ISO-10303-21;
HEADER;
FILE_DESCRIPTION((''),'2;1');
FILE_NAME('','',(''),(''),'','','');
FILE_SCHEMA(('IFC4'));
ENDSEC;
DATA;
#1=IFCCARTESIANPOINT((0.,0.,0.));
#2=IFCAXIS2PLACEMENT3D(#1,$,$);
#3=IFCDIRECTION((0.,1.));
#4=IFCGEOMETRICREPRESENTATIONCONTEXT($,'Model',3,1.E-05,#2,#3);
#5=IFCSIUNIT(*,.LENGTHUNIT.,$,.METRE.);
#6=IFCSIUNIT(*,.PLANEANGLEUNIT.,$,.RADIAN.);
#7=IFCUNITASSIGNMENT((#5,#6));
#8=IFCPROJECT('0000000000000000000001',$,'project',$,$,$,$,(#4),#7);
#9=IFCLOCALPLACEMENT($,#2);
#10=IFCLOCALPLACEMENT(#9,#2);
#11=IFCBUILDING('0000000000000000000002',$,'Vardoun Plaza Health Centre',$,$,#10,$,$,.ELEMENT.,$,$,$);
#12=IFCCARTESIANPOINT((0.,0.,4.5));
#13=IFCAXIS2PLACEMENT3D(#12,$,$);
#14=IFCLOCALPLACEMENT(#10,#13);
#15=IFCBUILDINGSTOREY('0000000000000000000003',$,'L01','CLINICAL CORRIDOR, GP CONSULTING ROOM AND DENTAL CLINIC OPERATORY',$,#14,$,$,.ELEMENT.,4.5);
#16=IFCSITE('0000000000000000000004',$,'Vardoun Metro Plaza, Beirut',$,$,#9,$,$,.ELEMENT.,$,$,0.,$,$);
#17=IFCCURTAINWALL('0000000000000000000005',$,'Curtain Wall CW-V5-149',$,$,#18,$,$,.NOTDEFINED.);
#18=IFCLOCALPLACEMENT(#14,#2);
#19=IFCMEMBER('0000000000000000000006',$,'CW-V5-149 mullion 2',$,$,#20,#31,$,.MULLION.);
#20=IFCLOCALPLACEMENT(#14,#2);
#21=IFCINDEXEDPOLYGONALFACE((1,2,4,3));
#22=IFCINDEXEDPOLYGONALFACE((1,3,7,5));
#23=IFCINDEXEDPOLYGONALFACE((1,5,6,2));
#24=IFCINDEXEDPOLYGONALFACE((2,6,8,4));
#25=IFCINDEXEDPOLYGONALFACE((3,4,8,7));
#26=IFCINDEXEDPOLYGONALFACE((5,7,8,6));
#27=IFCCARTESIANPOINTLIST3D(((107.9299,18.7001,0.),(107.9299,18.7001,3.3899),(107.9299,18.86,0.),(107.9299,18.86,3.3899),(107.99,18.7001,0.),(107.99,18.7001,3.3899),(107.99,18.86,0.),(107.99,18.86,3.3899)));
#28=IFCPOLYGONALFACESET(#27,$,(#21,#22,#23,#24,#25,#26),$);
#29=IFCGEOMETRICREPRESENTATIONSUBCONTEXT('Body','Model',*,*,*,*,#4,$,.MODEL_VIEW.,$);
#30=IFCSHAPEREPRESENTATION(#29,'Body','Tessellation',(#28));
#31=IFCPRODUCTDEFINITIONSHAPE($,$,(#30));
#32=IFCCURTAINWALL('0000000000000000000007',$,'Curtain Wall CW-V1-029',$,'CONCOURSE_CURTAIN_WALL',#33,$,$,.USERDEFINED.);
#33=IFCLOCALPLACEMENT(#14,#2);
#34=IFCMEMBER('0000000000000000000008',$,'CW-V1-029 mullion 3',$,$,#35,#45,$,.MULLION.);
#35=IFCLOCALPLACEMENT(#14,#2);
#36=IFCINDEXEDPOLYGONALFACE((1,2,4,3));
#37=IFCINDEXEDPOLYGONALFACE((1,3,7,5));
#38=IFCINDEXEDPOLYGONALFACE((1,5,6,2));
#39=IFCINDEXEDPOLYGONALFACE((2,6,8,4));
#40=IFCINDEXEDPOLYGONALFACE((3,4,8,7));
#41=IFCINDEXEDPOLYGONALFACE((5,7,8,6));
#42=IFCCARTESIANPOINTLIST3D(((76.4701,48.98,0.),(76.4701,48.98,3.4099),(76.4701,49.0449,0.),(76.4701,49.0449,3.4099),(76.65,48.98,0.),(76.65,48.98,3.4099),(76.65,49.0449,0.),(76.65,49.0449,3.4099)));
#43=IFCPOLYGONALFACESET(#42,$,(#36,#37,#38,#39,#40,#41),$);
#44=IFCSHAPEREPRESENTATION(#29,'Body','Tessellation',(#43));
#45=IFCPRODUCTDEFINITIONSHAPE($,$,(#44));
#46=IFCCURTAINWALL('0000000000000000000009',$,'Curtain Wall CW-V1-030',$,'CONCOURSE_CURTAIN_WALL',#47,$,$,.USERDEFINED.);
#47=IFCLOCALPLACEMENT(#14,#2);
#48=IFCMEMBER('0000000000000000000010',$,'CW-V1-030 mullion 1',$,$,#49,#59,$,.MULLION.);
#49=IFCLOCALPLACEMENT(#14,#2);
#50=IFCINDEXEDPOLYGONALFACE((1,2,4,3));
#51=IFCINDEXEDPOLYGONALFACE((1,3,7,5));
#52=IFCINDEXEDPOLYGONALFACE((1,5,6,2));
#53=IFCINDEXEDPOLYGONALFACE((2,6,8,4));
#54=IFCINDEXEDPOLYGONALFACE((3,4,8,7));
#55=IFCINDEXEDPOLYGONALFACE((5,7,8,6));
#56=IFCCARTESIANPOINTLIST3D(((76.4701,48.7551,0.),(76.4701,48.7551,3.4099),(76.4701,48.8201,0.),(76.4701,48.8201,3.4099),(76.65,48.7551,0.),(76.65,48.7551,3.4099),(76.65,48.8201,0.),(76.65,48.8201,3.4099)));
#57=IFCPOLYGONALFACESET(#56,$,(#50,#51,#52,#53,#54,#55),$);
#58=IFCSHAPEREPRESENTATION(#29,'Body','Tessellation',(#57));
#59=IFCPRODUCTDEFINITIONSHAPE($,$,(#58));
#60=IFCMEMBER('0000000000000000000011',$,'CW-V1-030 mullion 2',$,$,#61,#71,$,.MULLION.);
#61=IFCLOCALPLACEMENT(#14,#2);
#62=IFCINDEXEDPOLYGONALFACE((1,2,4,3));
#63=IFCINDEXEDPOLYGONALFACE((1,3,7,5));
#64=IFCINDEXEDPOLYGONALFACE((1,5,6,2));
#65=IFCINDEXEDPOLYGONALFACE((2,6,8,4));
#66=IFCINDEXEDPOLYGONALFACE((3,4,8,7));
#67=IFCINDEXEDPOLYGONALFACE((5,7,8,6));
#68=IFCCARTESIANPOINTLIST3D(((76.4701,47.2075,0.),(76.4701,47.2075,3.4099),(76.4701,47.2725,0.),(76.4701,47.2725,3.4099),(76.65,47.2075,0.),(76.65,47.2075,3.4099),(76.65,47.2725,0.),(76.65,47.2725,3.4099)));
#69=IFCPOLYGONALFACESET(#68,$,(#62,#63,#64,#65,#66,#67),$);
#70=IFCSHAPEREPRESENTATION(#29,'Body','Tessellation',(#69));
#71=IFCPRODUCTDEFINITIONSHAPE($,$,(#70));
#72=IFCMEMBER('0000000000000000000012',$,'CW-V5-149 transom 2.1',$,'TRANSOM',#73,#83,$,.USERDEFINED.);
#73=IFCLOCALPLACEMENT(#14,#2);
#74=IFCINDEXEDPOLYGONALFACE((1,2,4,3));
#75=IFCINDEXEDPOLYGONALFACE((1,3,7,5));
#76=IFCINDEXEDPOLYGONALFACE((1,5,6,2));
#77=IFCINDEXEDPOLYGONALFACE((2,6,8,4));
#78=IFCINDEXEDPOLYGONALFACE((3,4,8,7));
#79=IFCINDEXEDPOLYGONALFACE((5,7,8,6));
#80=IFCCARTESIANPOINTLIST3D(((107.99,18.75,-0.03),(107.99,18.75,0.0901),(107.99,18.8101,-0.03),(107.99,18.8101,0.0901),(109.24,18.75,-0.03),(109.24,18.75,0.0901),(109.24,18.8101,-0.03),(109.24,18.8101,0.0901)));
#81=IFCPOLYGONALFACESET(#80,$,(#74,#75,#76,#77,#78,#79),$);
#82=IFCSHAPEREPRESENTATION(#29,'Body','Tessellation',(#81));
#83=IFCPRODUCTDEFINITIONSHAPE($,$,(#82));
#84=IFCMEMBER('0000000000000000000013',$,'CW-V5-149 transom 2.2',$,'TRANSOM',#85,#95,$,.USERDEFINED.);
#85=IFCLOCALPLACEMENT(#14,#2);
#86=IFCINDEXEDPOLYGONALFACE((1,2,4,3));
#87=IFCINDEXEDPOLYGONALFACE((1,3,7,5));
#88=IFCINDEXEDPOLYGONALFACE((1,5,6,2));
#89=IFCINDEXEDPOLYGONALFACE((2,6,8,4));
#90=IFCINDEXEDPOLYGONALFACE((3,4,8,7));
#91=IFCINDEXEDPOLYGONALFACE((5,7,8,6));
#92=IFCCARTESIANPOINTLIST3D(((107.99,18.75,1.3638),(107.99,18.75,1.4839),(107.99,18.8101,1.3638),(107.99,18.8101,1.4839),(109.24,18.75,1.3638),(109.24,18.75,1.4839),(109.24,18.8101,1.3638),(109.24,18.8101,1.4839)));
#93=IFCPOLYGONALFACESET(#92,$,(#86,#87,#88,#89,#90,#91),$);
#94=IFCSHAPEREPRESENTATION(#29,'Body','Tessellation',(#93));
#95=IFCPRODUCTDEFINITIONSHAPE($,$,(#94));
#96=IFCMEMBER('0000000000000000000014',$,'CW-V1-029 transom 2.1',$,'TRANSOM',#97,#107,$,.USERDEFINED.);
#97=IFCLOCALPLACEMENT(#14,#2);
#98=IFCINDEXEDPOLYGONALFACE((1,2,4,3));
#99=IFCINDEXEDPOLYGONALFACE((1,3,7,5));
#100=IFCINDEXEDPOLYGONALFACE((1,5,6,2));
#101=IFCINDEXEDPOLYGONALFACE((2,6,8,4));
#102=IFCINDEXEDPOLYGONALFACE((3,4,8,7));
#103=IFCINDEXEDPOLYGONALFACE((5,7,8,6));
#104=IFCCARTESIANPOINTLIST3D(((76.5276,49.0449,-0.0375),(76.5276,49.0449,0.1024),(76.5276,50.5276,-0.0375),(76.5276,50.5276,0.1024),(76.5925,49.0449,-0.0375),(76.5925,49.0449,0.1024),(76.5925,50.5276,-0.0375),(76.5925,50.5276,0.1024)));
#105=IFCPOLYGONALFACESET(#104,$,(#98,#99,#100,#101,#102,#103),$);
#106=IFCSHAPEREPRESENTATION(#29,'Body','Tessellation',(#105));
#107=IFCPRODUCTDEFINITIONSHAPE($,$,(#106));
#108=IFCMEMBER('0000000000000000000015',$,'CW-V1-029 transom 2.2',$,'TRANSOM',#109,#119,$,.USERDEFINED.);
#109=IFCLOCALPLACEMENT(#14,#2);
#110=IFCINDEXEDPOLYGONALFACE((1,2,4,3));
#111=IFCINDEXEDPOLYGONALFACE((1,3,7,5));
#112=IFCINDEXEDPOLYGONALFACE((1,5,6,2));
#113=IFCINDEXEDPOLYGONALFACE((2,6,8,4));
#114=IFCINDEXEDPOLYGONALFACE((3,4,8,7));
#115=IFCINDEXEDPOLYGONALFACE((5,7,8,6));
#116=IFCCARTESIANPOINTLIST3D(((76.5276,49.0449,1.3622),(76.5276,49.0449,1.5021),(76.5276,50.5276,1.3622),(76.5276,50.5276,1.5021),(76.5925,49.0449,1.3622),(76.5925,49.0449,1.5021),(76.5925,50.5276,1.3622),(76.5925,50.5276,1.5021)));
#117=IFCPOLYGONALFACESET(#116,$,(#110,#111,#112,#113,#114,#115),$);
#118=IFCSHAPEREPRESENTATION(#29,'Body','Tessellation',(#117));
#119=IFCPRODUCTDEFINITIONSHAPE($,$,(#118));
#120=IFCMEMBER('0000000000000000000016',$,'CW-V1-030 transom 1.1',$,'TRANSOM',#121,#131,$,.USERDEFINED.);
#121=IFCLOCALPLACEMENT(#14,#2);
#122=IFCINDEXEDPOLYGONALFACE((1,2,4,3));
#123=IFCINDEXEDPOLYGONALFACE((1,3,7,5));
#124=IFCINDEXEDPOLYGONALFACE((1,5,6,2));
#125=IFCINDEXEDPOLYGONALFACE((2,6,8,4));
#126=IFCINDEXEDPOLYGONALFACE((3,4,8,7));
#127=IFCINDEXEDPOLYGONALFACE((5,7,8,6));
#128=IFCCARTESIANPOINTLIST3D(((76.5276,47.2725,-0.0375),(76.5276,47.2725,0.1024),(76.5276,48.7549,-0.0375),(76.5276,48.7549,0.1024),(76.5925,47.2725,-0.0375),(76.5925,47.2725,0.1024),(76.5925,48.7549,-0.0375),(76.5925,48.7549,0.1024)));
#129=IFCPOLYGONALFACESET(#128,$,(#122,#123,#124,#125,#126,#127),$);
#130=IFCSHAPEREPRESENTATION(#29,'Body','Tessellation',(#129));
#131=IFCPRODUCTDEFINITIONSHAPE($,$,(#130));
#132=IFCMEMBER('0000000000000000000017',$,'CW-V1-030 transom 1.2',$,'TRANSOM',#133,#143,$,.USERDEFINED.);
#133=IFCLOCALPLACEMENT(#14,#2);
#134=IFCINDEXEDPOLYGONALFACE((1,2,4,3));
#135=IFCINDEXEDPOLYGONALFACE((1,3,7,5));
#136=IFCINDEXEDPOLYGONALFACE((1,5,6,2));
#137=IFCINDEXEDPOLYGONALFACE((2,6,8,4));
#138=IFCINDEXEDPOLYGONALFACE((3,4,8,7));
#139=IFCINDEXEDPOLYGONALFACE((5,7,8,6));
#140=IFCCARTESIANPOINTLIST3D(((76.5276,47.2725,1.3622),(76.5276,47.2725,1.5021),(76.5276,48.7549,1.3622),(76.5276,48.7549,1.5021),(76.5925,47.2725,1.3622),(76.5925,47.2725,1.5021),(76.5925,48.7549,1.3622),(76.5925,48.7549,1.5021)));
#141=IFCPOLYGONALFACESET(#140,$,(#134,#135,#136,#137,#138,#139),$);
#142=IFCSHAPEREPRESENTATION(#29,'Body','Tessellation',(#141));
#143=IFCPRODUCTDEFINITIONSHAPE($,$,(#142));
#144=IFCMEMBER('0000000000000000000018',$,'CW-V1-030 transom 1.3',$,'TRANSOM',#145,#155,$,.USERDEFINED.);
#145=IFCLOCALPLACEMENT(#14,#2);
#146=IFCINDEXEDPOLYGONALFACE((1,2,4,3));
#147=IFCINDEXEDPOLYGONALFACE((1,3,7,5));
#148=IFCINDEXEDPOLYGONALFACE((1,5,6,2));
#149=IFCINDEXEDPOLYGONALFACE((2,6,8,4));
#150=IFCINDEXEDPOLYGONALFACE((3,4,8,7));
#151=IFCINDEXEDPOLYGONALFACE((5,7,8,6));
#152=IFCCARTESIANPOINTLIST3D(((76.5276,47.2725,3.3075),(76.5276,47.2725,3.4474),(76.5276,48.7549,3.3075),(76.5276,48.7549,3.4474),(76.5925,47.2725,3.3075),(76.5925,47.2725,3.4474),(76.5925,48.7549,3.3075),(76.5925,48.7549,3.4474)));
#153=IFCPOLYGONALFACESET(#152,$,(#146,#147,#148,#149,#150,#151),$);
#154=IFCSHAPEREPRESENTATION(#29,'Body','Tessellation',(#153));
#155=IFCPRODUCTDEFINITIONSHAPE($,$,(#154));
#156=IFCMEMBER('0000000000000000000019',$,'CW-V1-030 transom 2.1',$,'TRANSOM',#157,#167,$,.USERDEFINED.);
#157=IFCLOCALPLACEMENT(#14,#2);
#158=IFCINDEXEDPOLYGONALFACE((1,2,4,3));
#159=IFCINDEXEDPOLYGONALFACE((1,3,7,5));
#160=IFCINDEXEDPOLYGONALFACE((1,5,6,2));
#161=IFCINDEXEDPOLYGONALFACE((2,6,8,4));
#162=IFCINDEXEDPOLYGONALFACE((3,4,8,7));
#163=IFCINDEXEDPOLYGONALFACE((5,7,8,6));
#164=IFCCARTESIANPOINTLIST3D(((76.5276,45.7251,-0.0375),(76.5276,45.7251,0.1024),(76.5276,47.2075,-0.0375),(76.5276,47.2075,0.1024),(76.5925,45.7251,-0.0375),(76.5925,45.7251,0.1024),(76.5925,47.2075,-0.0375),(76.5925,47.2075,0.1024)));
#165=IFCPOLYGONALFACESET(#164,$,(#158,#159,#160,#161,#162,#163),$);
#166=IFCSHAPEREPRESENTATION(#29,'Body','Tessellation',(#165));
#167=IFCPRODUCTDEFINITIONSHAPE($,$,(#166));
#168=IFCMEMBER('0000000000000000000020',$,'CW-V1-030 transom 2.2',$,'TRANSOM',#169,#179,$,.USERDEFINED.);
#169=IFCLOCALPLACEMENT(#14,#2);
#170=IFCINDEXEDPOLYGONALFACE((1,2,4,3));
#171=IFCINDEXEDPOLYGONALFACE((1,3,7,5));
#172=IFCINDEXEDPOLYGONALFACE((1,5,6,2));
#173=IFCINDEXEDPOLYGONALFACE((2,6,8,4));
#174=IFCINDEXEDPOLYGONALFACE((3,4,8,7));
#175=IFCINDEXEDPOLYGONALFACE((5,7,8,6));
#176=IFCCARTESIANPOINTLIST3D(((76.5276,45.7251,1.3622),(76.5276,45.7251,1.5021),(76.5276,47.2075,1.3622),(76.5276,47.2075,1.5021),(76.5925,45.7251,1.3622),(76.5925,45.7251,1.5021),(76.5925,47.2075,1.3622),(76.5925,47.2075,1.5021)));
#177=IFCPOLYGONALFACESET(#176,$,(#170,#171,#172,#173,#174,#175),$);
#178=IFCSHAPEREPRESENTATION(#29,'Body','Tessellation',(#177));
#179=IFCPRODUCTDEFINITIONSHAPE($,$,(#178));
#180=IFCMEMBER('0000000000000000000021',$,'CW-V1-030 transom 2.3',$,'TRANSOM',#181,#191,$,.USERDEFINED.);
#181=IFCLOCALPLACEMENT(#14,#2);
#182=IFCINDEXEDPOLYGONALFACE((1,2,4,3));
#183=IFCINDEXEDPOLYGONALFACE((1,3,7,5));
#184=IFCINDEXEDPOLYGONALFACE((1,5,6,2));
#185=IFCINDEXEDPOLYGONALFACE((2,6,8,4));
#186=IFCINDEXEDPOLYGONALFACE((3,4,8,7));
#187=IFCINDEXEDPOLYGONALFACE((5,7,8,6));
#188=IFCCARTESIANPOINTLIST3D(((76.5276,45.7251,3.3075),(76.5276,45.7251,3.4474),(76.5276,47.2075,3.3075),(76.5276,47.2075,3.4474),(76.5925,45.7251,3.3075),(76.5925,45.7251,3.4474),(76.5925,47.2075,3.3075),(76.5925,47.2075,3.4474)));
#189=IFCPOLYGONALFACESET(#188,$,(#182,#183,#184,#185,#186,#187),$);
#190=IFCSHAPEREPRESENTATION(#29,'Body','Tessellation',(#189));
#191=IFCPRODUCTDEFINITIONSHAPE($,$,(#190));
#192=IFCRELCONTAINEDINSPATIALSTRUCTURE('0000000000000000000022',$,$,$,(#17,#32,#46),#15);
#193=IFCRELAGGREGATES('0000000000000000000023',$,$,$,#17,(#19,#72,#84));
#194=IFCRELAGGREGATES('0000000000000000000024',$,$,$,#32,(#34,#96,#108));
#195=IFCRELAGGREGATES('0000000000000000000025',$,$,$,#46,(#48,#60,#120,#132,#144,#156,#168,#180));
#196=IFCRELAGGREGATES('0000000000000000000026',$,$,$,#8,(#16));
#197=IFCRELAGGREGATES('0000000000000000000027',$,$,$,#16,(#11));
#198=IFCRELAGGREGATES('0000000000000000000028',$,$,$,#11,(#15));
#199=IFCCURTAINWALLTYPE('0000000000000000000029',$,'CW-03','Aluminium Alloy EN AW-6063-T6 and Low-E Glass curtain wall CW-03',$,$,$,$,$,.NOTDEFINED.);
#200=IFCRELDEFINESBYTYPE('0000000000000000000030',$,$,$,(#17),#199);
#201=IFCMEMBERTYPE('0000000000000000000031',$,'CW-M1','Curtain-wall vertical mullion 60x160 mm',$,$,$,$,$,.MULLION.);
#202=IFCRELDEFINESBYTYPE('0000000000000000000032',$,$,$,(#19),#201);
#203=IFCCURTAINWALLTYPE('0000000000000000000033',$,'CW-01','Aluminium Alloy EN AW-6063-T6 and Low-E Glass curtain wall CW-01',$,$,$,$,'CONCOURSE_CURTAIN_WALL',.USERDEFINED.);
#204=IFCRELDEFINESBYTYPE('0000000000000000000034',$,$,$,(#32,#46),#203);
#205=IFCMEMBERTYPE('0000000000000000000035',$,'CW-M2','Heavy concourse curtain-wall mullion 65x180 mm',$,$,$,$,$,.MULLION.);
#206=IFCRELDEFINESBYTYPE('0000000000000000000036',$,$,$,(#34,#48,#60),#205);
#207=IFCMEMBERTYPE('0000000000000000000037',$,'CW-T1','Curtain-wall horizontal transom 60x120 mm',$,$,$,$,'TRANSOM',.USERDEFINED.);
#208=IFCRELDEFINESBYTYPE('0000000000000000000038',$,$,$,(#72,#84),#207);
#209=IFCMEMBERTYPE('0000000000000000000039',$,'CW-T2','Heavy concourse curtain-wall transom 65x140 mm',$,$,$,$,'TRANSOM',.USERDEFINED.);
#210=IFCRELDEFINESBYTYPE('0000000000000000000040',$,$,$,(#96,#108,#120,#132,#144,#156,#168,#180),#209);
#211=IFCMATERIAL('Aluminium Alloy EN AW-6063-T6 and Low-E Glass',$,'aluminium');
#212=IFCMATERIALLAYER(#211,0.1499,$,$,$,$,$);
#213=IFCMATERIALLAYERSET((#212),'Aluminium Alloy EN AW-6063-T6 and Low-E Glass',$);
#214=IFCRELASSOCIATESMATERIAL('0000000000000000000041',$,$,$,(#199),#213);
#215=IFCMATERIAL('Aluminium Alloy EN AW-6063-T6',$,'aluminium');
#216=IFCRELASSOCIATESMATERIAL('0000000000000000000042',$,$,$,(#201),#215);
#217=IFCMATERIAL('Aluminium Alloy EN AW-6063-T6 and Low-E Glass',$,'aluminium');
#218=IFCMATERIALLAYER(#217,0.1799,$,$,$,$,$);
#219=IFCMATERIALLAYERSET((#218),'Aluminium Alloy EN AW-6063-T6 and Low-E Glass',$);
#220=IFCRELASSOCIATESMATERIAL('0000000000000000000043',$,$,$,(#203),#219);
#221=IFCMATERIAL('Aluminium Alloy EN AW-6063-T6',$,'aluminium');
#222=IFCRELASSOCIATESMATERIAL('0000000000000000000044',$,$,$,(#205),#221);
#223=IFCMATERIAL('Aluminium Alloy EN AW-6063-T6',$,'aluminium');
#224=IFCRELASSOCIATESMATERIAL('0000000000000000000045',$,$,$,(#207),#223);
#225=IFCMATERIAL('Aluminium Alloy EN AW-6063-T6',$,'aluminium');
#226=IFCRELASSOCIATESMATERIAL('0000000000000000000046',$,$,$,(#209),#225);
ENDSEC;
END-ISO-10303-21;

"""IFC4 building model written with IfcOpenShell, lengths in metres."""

from ifc_helpers import new_model, si_unit, direction, frame, origin, origin_2d, place, context, subcontext, project, spatial, rectangle, extrude, material, layer, layer_set, material_profile, profile_set, type_object, element, aggregate, save


model = new_model("IFC4")

# Units and contexts
model_context = context("Model", 3, precision=1e-05, world=origin(), true_north=direction((0.0, 1.0)))
body_context = subcontext(model_context, "Body", "Model", "MODEL_VIEW")
ifc_project = project(units=[si_unit("LENGTHUNIT", "METRE"), si_unit("PLANEANGLEUNIT", "RADIAN")], contexts=[model_context])

# Site, building, storey
site_placement = place(None, origin())
site = spatial("IfcSite", under=ifc_project, at=site_placement, Name="Vardoun Metro Plaza, Beirut", CompositionType="ELEMENT", RefElevation=0.0)
building_placement = place(site_placement, origin())
building = spatial("IfcBuilding", under=site, at=building_placement, Name="Vardoun Plaza Health Centre", CompositionType="ELEMENT")
storey_placement = place(building_placement, frame((0.0, 0.0, 4.5)))
storey = spatial("IfcBuildingStorey", under=building, at=storey_placement, Name="L01", Description="CLINICAL CORRIDOR, GP CONSULTING ROOM AND DENTAL CLINIC OPERATORY", CompositionType="ELEMENT", Elevation=4.5)

# Curtain walls, members
ifc_material_1 = material(Name="Aluminium Alloy EN AW-6063-T6 and Low-E Glass", Category="aluminium")
ifc_layer_1 = layer(ifc_material_1, 0.1499)
ifc_layer_set_1 = layer_set([ifc_layer_1], Name="Aluminium Alloy EN AW-6063-T6 and Low-E Glass")
curtain_wall_type_1 = type_object("IfcCurtainWallType", Name="CW-03", Description="Aluminium Alloy EN AW-6063-T6 and Low-E Glass curtain wall CW-03", PredefinedType="NOTDEFINED", material=ifc_layer_set_1)
curtain_wall_1_placement = place(storey_placement, origin())
curtain_wall_1 = element("IfcCurtainWall", 1, at=curtain_wall_1_placement, inside=storey, type_object=curtain_wall_type_1, Name="Curtain Wall CW-V5-149", PredefinedType="NOTDEFINED")
ifc_material_2 = material(Name="Aluminium Alloy EN AW-6063-T6", Category="aluminium")
ifc_material_profile_1 = material_profile(ifc_material_2, rectangle(XDim=0.1599, YDim=0.0601, at=origin_2d()), Name="CWM 60x160")
ifc_profile_set_1 = profile_set([ifc_material_profile_1], Name="Aluminium Alloy EN AW-6063-T6")
member_type_1 = type_object("IfcMemberType", Name="CW-M1", Description="Curtain-wall vertical mullion 60x160 mm", PredefinedType="MULLION", material=ifc_profile_set_1)
member_1_placement = place(storey_placement, frame((107.96, 18.78, 0.0), z_axis=(0.0, 0.0, 1.0), x_axis=(0.0, 1.0, 0.0)))
member_1 = element("IfcMember", 2, at=member_1_placement, type_object=member_type_1, Name="CW-V5-149 mullion 2", PredefinedType="MULLION", context=body_context, shape_type="SweptSolid", body=[
    extrude(rectangle(XDim=0.1599, YDim=0.0601, at=origin_2d()), origin(), (0.0, 0.0, 1.0), 3.3899),
])
ifc_material_3 = material(Name="Aluminium Alloy EN AW-6063-T6 and Low-E Glass", Category="aluminium")
ifc_layer_2 = layer(ifc_material_3, 0.1799)
ifc_layer_set_2 = layer_set([ifc_layer_2], Name="Aluminium Alloy EN AW-6063-T6 and Low-E Glass")
curtain_wall_type_2 = type_object("IfcCurtainWallType", Name="CW-01", Description="Aluminium Alloy EN AW-6063-T6 and Low-E Glass curtain wall CW-01", ElementType="CONCOURSE_CURTAIN_WALL", PredefinedType="USERDEFINED", material=ifc_layer_set_2)
curtain_wall_2_placement = place(storey_placement, origin())
curtain_wall_2 = element("IfcCurtainWall", 3, at=curtain_wall_2_placement, inside=storey, type_object=curtain_wall_type_2, Name="Curtain Wall CW-V1-029", ObjectType="CONCOURSE_CURTAIN_WALL", PredefinedType="USERDEFINED")
ifc_material_4 = material(Name="Aluminium Alloy EN AW-6063-T6", Category="aluminium")
ifc_material_profile_2 = material_profile(ifc_material_4, rectangle(XDim=0.1799, YDim=0.0649, at=origin_2d()), Name="CWM 65x180")
ifc_profile_set_2 = profile_set([ifc_material_profile_2], Name="Aluminium Alloy EN AW-6063-T6")
member_type_2 = type_object("IfcMemberType", Name="CW-M2", Description="Heavy concourse curtain-wall mullion 65x180 mm", PredefinedType="MULLION", material=ifc_profile_set_2)
member_2_placement = place(storey_placement, frame((76.5601, 49.0125, 0.0), z_axis=(0.0, 0.0, 1.0), x_axis=(1.0, 0.0, 0.0)))
member_2 = element("IfcMember", 4, at=member_2_placement, type_object=member_type_2, Name="CW-V1-029 mullion 3", PredefinedType="MULLION", context=body_context, shape_type="SweptSolid", body=[
    extrude(rectangle(XDim=0.1799, YDim=0.0649, at=origin_2d()), origin(), (0.0, 0.0, 1.0), 3.4099),
])

# Curtain wall, members
curtain_wall_3_placement = place(storey_placement, origin())
curtain_wall_3 = element("IfcCurtainWall", 5, at=curtain_wall_3_placement, inside=storey, type_object=curtain_wall_type_2, Name="Curtain Wall CW-V1-030", ObjectType="CONCOURSE_CURTAIN_WALL", PredefinedType="USERDEFINED")
member_3_placement = place(storey_placement, frame((76.5601, 48.7876, 0.0), z_axis=(0.0, 0.0, 1.0), x_axis=(1.0, 0.0, 0.0)))
member_3 = element("IfcMember", 6, at=member_3_placement, type_object=member_type_2, Name="CW-V1-030 mullion 1", PredefinedType="MULLION", context=body_context, shape_type="SweptSolid", body=[
    extrude(rectangle(XDim=0.1799, YDim=0.0649, at=origin_2d()), origin(), (0.0, 0.0, 1.0), 3.4099),
])
member_4_placement = place(storey_placement, frame((76.5601, 47.24, 0.0), z_axis=(0.0, 0.0, 1.0), x_axis=(1.0, 0.0, 0.0)))
member_4 = element("IfcMember", 7, at=member_4_placement, type_object=member_type_2, Name="CW-V1-030 mullion 2", PredefinedType="MULLION", context=body_context, shape_type="SweptSolid", body=[
    extrude(rectangle(XDim=0.1799, YDim=0.0649, at=origin_2d()), origin(), (0.0, 0.0, 1.0), 3.4099),
])

# Members
ifc_material_5 = material(Name="Aluminium Alloy EN AW-6063-T6", Category="aluminium")
ifc_material_profile_3 = material_profile(ifc_material_5, rectangle(XDim=0.0601, YDim=0.1201, at=origin_2d()), Name="CWT 60x120")
ifc_profile_set_3 = profile_set([ifc_material_profile_3], Name="Aluminium Alloy EN AW-6063-T6")
member_type_3 = type_object("IfcMemberType", Name="CW-T1", Description="Curtain-wall horizontal transom 60x120 mm", ElementType="TRANSOM", PredefinedType="USERDEFINED", material=ifc_profile_set_3)
member_5_placement = place(storey_placement, frame((107.99, 18.78, 0.03), z_axis=(1.0, 0.0, 0.0), x_axis=(0.0, 1.0, 0.0)))
member_5 = element("IfcMember", 8, at=member_5_placement, type_object=member_type_3, Name="CW-V5-149 transom 2.1", ObjectType="TRANSOM", PredefinedType="USERDEFINED", context=body_context, shape_type="SweptSolid", body=[
    extrude(rectangle(XDim=0.0601, YDim=0.1201, at=origin_2d()), origin(), (0.0, 0.0, 1.0), 1.25),
])
member_6_placement = place(storey_placement, frame((107.99, 18.78, 1.4238), z_axis=(1.0, 0.0, 0.0), x_axis=(0.0, 1.0, 0.0)))
member_6 = element("IfcMember", 9, at=member_6_placement, type_object=member_type_3, Name="CW-V5-149 transom 2.2", ObjectType="TRANSOM", PredefinedType="USERDEFINED", context=body_context, shape_type="SweptSolid", body=[
    extrude(rectangle(XDim=0.0601, YDim=0.1201, at=origin_2d()), origin(), (0.0, 0.0, 1.0), 1.25),
])
aggregate(curtain_wall_1, [member_1, member_5, member_6])
ifc_material_6 = material(Name="Aluminium Alloy EN AW-6063-T6", Category="aluminium")
ifc_material_profile_4 = material_profile(ifc_material_6, rectangle(XDim=0.0649, YDim=0.1399, at=origin_2d()), Name="CWT 65x140")
ifc_profile_set_4 = profile_set([ifc_material_profile_4], Name="Aluminium Alloy EN AW-6063-T6")
member_type_4 = type_object("IfcMemberType", Name="CW-T2", Description="Heavy concourse curtain-wall transom 65x140 mm", ElementType="TRANSOM", PredefinedType="USERDEFINED", material=ifc_profile_set_4)
member_7_placement = place(storey_placement, frame((76.5601, 50.5276, 0.0325), z_axis=(0.0, -1.0, 0.0), x_axis=(1.0, 0.0, 0.0)))
member_7 = element("IfcMember", 10, at=member_7_placement, type_object=member_type_4, Name="CW-V1-029 transom 2.1", ObjectType="TRANSOM", PredefinedType="USERDEFINED", context=body_context, shape_type="SweptSolid", body=[
    extrude(rectangle(XDim=0.0649, YDim=0.1399, at=origin_2d()), origin(), (0.0, 0.0, 1.0), 1.4827),
])
member_8_placement = place(storey_placement, frame((76.5601, 50.5276, 1.4321), z_axis=(0.0, -1.0, 0.0), x_axis=(1.0, 0.0, 0.0)))
member_8 = element("IfcMember", 11, at=member_8_placement, type_object=member_type_4, Name="CW-V1-029 transom 2.2", ObjectType="TRANSOM", PredefinedType="USERDEFINED", context=body_context, shape_type="SweptSolid", body=[
    extrude(rectangle(XDim=0.0649, YDim=0.1399, at=origin_2d()), origin(), (0.0, 0.0, 1.0), 1.4827),
])
member_9_placement = place(storey_placement, frame((76.5601, 48.7549, 0.0325), z_axis=(0.0, -1.0, 0.0), x_axis=(1.0, 0.0, 0.0)))
member_9 = element("IfcMember", 12, at=member_9_placement, type_object=member_type_4, Name="CW-V1-030 transom 1.1", ObjectType="TRANSOM", PredefinedType="USERDEFINED", context=body_context, shape_type="SweptSolid", body=[
    extrude(rectangle(XDim=0.0649, YDim=0.1399, at=origin_2d()), origin(), (0.0, 0.0, 1.0), 1.4824),
])
member_10_placement = place(storey_placement, frame((76.5601, 48.7549, 1.4321), z_axis=(0.0, -1.0, 0.0), x_axis=(1.0, 0.0, 0.0)))
member_10 = element("IfcMember", 13, at=member_10_placement, type_object=member_type_4, Name="CW-V1-030 transom 1.2", ObjectType="TRANSOM", PredefinedType="USERDEFINED", context=body_context, shape_type="SweptSolid", body=[
    extrude(rectangle(XDim=0.0649, YDim=0.1399, at=origin_2d()), origin(), (0.0, 0.0, 1.0), 1.4824),
])
member_11_placement = place(storey_placement, frame((76.5601, 48.7549, 3.3774), z_axis=(0.0, -1.0, 0.0), x_axis=(1.0, 0.0, 0.0)))
member_11 = element("IfcMember", 14, at=member_11_placement, type_object=member_type_4, Name="CW-V1-030 transom 1.3", ObjectType="TRANSOM", PredefinedType="USERDEFINED", context=body_context, shape_type="SweptSolid", body=[
    extrude(rectangle(XDim=0.0649, YDim=0.1399, at=origin_2d()), origin(), (0.0, 0.0, 1.0), 1.4824),
])
member_12_placement = place(storey_placement, frame((76.5601, 47.2075, 0.0325), z_axis=(0.0, -1.0, 0.0), x_axis=(1.0, 0.0, 0.0)))
member_12 = element("IfcMember", 15, at=member_12_placement, type_object=member_type_4, Name="CW-V1-030 transom 2.1", ObjectType="TRANSOM", PredefinedType="USERDEFINED", context=body_context, shape_type="SweptSolid", body=[
    extrude(rectangle(XDim=0.0649, YDim=0.1399, at=origin_2d()), origin(), (0.0, 0.0, 1.0), 1.4824),
])
member_13_placement = place(storey_placement, frame((76.5601, 47.2075, 1.4321), z_axis=(0.0, -1.0, 0.0), x_axis=(1.0, 0.0, 0.0)))
member_13 = element("IfcMember", 16, at=member_13_placement, type_object=member_type_4, Name="CW-V1-030 transom 2.2", ObjectType="TRANSOM", PredefinedType="USERDEFINED", context=body_context, shape_type="SweptSolid", body=[
    extrude(rectangle(XDim=0.0649, YDim=0.1399, at=origin_2d()), origin(), (0.0, 0.0, 1.0), 1.4824),
])
member_14_placement = place(storey_placement, frame((76.5601, 47.2075, 3.3774), z_axis=(0.0, -1.0, 0.0), x_axis=(1.0, 0.0, 0.0)))
member_14 = element("IfcMember", 17, at=member_14_placement, type_object=member_type_4, Name="CW-V1-030 transom 2.3", ObjectType="TRANSOM", PredefinedType="USERDEFINED", context=body_context, shape_type="SweptSolid", body=[
    extrude(rectangle(XDim=0.0649, YDim=0.1399, at=origin_2d()), origin(), (0.0, 0.0, 1.0), 1.4824),
])

aggregate(curtain_wall_2, [member_2, member_7, member_8])
aggregate(curtain_wall_3, [member_3, member_4, member_9, member_10, member_11, member_12, member_13, member_14])

save(model, "model.ifc")
